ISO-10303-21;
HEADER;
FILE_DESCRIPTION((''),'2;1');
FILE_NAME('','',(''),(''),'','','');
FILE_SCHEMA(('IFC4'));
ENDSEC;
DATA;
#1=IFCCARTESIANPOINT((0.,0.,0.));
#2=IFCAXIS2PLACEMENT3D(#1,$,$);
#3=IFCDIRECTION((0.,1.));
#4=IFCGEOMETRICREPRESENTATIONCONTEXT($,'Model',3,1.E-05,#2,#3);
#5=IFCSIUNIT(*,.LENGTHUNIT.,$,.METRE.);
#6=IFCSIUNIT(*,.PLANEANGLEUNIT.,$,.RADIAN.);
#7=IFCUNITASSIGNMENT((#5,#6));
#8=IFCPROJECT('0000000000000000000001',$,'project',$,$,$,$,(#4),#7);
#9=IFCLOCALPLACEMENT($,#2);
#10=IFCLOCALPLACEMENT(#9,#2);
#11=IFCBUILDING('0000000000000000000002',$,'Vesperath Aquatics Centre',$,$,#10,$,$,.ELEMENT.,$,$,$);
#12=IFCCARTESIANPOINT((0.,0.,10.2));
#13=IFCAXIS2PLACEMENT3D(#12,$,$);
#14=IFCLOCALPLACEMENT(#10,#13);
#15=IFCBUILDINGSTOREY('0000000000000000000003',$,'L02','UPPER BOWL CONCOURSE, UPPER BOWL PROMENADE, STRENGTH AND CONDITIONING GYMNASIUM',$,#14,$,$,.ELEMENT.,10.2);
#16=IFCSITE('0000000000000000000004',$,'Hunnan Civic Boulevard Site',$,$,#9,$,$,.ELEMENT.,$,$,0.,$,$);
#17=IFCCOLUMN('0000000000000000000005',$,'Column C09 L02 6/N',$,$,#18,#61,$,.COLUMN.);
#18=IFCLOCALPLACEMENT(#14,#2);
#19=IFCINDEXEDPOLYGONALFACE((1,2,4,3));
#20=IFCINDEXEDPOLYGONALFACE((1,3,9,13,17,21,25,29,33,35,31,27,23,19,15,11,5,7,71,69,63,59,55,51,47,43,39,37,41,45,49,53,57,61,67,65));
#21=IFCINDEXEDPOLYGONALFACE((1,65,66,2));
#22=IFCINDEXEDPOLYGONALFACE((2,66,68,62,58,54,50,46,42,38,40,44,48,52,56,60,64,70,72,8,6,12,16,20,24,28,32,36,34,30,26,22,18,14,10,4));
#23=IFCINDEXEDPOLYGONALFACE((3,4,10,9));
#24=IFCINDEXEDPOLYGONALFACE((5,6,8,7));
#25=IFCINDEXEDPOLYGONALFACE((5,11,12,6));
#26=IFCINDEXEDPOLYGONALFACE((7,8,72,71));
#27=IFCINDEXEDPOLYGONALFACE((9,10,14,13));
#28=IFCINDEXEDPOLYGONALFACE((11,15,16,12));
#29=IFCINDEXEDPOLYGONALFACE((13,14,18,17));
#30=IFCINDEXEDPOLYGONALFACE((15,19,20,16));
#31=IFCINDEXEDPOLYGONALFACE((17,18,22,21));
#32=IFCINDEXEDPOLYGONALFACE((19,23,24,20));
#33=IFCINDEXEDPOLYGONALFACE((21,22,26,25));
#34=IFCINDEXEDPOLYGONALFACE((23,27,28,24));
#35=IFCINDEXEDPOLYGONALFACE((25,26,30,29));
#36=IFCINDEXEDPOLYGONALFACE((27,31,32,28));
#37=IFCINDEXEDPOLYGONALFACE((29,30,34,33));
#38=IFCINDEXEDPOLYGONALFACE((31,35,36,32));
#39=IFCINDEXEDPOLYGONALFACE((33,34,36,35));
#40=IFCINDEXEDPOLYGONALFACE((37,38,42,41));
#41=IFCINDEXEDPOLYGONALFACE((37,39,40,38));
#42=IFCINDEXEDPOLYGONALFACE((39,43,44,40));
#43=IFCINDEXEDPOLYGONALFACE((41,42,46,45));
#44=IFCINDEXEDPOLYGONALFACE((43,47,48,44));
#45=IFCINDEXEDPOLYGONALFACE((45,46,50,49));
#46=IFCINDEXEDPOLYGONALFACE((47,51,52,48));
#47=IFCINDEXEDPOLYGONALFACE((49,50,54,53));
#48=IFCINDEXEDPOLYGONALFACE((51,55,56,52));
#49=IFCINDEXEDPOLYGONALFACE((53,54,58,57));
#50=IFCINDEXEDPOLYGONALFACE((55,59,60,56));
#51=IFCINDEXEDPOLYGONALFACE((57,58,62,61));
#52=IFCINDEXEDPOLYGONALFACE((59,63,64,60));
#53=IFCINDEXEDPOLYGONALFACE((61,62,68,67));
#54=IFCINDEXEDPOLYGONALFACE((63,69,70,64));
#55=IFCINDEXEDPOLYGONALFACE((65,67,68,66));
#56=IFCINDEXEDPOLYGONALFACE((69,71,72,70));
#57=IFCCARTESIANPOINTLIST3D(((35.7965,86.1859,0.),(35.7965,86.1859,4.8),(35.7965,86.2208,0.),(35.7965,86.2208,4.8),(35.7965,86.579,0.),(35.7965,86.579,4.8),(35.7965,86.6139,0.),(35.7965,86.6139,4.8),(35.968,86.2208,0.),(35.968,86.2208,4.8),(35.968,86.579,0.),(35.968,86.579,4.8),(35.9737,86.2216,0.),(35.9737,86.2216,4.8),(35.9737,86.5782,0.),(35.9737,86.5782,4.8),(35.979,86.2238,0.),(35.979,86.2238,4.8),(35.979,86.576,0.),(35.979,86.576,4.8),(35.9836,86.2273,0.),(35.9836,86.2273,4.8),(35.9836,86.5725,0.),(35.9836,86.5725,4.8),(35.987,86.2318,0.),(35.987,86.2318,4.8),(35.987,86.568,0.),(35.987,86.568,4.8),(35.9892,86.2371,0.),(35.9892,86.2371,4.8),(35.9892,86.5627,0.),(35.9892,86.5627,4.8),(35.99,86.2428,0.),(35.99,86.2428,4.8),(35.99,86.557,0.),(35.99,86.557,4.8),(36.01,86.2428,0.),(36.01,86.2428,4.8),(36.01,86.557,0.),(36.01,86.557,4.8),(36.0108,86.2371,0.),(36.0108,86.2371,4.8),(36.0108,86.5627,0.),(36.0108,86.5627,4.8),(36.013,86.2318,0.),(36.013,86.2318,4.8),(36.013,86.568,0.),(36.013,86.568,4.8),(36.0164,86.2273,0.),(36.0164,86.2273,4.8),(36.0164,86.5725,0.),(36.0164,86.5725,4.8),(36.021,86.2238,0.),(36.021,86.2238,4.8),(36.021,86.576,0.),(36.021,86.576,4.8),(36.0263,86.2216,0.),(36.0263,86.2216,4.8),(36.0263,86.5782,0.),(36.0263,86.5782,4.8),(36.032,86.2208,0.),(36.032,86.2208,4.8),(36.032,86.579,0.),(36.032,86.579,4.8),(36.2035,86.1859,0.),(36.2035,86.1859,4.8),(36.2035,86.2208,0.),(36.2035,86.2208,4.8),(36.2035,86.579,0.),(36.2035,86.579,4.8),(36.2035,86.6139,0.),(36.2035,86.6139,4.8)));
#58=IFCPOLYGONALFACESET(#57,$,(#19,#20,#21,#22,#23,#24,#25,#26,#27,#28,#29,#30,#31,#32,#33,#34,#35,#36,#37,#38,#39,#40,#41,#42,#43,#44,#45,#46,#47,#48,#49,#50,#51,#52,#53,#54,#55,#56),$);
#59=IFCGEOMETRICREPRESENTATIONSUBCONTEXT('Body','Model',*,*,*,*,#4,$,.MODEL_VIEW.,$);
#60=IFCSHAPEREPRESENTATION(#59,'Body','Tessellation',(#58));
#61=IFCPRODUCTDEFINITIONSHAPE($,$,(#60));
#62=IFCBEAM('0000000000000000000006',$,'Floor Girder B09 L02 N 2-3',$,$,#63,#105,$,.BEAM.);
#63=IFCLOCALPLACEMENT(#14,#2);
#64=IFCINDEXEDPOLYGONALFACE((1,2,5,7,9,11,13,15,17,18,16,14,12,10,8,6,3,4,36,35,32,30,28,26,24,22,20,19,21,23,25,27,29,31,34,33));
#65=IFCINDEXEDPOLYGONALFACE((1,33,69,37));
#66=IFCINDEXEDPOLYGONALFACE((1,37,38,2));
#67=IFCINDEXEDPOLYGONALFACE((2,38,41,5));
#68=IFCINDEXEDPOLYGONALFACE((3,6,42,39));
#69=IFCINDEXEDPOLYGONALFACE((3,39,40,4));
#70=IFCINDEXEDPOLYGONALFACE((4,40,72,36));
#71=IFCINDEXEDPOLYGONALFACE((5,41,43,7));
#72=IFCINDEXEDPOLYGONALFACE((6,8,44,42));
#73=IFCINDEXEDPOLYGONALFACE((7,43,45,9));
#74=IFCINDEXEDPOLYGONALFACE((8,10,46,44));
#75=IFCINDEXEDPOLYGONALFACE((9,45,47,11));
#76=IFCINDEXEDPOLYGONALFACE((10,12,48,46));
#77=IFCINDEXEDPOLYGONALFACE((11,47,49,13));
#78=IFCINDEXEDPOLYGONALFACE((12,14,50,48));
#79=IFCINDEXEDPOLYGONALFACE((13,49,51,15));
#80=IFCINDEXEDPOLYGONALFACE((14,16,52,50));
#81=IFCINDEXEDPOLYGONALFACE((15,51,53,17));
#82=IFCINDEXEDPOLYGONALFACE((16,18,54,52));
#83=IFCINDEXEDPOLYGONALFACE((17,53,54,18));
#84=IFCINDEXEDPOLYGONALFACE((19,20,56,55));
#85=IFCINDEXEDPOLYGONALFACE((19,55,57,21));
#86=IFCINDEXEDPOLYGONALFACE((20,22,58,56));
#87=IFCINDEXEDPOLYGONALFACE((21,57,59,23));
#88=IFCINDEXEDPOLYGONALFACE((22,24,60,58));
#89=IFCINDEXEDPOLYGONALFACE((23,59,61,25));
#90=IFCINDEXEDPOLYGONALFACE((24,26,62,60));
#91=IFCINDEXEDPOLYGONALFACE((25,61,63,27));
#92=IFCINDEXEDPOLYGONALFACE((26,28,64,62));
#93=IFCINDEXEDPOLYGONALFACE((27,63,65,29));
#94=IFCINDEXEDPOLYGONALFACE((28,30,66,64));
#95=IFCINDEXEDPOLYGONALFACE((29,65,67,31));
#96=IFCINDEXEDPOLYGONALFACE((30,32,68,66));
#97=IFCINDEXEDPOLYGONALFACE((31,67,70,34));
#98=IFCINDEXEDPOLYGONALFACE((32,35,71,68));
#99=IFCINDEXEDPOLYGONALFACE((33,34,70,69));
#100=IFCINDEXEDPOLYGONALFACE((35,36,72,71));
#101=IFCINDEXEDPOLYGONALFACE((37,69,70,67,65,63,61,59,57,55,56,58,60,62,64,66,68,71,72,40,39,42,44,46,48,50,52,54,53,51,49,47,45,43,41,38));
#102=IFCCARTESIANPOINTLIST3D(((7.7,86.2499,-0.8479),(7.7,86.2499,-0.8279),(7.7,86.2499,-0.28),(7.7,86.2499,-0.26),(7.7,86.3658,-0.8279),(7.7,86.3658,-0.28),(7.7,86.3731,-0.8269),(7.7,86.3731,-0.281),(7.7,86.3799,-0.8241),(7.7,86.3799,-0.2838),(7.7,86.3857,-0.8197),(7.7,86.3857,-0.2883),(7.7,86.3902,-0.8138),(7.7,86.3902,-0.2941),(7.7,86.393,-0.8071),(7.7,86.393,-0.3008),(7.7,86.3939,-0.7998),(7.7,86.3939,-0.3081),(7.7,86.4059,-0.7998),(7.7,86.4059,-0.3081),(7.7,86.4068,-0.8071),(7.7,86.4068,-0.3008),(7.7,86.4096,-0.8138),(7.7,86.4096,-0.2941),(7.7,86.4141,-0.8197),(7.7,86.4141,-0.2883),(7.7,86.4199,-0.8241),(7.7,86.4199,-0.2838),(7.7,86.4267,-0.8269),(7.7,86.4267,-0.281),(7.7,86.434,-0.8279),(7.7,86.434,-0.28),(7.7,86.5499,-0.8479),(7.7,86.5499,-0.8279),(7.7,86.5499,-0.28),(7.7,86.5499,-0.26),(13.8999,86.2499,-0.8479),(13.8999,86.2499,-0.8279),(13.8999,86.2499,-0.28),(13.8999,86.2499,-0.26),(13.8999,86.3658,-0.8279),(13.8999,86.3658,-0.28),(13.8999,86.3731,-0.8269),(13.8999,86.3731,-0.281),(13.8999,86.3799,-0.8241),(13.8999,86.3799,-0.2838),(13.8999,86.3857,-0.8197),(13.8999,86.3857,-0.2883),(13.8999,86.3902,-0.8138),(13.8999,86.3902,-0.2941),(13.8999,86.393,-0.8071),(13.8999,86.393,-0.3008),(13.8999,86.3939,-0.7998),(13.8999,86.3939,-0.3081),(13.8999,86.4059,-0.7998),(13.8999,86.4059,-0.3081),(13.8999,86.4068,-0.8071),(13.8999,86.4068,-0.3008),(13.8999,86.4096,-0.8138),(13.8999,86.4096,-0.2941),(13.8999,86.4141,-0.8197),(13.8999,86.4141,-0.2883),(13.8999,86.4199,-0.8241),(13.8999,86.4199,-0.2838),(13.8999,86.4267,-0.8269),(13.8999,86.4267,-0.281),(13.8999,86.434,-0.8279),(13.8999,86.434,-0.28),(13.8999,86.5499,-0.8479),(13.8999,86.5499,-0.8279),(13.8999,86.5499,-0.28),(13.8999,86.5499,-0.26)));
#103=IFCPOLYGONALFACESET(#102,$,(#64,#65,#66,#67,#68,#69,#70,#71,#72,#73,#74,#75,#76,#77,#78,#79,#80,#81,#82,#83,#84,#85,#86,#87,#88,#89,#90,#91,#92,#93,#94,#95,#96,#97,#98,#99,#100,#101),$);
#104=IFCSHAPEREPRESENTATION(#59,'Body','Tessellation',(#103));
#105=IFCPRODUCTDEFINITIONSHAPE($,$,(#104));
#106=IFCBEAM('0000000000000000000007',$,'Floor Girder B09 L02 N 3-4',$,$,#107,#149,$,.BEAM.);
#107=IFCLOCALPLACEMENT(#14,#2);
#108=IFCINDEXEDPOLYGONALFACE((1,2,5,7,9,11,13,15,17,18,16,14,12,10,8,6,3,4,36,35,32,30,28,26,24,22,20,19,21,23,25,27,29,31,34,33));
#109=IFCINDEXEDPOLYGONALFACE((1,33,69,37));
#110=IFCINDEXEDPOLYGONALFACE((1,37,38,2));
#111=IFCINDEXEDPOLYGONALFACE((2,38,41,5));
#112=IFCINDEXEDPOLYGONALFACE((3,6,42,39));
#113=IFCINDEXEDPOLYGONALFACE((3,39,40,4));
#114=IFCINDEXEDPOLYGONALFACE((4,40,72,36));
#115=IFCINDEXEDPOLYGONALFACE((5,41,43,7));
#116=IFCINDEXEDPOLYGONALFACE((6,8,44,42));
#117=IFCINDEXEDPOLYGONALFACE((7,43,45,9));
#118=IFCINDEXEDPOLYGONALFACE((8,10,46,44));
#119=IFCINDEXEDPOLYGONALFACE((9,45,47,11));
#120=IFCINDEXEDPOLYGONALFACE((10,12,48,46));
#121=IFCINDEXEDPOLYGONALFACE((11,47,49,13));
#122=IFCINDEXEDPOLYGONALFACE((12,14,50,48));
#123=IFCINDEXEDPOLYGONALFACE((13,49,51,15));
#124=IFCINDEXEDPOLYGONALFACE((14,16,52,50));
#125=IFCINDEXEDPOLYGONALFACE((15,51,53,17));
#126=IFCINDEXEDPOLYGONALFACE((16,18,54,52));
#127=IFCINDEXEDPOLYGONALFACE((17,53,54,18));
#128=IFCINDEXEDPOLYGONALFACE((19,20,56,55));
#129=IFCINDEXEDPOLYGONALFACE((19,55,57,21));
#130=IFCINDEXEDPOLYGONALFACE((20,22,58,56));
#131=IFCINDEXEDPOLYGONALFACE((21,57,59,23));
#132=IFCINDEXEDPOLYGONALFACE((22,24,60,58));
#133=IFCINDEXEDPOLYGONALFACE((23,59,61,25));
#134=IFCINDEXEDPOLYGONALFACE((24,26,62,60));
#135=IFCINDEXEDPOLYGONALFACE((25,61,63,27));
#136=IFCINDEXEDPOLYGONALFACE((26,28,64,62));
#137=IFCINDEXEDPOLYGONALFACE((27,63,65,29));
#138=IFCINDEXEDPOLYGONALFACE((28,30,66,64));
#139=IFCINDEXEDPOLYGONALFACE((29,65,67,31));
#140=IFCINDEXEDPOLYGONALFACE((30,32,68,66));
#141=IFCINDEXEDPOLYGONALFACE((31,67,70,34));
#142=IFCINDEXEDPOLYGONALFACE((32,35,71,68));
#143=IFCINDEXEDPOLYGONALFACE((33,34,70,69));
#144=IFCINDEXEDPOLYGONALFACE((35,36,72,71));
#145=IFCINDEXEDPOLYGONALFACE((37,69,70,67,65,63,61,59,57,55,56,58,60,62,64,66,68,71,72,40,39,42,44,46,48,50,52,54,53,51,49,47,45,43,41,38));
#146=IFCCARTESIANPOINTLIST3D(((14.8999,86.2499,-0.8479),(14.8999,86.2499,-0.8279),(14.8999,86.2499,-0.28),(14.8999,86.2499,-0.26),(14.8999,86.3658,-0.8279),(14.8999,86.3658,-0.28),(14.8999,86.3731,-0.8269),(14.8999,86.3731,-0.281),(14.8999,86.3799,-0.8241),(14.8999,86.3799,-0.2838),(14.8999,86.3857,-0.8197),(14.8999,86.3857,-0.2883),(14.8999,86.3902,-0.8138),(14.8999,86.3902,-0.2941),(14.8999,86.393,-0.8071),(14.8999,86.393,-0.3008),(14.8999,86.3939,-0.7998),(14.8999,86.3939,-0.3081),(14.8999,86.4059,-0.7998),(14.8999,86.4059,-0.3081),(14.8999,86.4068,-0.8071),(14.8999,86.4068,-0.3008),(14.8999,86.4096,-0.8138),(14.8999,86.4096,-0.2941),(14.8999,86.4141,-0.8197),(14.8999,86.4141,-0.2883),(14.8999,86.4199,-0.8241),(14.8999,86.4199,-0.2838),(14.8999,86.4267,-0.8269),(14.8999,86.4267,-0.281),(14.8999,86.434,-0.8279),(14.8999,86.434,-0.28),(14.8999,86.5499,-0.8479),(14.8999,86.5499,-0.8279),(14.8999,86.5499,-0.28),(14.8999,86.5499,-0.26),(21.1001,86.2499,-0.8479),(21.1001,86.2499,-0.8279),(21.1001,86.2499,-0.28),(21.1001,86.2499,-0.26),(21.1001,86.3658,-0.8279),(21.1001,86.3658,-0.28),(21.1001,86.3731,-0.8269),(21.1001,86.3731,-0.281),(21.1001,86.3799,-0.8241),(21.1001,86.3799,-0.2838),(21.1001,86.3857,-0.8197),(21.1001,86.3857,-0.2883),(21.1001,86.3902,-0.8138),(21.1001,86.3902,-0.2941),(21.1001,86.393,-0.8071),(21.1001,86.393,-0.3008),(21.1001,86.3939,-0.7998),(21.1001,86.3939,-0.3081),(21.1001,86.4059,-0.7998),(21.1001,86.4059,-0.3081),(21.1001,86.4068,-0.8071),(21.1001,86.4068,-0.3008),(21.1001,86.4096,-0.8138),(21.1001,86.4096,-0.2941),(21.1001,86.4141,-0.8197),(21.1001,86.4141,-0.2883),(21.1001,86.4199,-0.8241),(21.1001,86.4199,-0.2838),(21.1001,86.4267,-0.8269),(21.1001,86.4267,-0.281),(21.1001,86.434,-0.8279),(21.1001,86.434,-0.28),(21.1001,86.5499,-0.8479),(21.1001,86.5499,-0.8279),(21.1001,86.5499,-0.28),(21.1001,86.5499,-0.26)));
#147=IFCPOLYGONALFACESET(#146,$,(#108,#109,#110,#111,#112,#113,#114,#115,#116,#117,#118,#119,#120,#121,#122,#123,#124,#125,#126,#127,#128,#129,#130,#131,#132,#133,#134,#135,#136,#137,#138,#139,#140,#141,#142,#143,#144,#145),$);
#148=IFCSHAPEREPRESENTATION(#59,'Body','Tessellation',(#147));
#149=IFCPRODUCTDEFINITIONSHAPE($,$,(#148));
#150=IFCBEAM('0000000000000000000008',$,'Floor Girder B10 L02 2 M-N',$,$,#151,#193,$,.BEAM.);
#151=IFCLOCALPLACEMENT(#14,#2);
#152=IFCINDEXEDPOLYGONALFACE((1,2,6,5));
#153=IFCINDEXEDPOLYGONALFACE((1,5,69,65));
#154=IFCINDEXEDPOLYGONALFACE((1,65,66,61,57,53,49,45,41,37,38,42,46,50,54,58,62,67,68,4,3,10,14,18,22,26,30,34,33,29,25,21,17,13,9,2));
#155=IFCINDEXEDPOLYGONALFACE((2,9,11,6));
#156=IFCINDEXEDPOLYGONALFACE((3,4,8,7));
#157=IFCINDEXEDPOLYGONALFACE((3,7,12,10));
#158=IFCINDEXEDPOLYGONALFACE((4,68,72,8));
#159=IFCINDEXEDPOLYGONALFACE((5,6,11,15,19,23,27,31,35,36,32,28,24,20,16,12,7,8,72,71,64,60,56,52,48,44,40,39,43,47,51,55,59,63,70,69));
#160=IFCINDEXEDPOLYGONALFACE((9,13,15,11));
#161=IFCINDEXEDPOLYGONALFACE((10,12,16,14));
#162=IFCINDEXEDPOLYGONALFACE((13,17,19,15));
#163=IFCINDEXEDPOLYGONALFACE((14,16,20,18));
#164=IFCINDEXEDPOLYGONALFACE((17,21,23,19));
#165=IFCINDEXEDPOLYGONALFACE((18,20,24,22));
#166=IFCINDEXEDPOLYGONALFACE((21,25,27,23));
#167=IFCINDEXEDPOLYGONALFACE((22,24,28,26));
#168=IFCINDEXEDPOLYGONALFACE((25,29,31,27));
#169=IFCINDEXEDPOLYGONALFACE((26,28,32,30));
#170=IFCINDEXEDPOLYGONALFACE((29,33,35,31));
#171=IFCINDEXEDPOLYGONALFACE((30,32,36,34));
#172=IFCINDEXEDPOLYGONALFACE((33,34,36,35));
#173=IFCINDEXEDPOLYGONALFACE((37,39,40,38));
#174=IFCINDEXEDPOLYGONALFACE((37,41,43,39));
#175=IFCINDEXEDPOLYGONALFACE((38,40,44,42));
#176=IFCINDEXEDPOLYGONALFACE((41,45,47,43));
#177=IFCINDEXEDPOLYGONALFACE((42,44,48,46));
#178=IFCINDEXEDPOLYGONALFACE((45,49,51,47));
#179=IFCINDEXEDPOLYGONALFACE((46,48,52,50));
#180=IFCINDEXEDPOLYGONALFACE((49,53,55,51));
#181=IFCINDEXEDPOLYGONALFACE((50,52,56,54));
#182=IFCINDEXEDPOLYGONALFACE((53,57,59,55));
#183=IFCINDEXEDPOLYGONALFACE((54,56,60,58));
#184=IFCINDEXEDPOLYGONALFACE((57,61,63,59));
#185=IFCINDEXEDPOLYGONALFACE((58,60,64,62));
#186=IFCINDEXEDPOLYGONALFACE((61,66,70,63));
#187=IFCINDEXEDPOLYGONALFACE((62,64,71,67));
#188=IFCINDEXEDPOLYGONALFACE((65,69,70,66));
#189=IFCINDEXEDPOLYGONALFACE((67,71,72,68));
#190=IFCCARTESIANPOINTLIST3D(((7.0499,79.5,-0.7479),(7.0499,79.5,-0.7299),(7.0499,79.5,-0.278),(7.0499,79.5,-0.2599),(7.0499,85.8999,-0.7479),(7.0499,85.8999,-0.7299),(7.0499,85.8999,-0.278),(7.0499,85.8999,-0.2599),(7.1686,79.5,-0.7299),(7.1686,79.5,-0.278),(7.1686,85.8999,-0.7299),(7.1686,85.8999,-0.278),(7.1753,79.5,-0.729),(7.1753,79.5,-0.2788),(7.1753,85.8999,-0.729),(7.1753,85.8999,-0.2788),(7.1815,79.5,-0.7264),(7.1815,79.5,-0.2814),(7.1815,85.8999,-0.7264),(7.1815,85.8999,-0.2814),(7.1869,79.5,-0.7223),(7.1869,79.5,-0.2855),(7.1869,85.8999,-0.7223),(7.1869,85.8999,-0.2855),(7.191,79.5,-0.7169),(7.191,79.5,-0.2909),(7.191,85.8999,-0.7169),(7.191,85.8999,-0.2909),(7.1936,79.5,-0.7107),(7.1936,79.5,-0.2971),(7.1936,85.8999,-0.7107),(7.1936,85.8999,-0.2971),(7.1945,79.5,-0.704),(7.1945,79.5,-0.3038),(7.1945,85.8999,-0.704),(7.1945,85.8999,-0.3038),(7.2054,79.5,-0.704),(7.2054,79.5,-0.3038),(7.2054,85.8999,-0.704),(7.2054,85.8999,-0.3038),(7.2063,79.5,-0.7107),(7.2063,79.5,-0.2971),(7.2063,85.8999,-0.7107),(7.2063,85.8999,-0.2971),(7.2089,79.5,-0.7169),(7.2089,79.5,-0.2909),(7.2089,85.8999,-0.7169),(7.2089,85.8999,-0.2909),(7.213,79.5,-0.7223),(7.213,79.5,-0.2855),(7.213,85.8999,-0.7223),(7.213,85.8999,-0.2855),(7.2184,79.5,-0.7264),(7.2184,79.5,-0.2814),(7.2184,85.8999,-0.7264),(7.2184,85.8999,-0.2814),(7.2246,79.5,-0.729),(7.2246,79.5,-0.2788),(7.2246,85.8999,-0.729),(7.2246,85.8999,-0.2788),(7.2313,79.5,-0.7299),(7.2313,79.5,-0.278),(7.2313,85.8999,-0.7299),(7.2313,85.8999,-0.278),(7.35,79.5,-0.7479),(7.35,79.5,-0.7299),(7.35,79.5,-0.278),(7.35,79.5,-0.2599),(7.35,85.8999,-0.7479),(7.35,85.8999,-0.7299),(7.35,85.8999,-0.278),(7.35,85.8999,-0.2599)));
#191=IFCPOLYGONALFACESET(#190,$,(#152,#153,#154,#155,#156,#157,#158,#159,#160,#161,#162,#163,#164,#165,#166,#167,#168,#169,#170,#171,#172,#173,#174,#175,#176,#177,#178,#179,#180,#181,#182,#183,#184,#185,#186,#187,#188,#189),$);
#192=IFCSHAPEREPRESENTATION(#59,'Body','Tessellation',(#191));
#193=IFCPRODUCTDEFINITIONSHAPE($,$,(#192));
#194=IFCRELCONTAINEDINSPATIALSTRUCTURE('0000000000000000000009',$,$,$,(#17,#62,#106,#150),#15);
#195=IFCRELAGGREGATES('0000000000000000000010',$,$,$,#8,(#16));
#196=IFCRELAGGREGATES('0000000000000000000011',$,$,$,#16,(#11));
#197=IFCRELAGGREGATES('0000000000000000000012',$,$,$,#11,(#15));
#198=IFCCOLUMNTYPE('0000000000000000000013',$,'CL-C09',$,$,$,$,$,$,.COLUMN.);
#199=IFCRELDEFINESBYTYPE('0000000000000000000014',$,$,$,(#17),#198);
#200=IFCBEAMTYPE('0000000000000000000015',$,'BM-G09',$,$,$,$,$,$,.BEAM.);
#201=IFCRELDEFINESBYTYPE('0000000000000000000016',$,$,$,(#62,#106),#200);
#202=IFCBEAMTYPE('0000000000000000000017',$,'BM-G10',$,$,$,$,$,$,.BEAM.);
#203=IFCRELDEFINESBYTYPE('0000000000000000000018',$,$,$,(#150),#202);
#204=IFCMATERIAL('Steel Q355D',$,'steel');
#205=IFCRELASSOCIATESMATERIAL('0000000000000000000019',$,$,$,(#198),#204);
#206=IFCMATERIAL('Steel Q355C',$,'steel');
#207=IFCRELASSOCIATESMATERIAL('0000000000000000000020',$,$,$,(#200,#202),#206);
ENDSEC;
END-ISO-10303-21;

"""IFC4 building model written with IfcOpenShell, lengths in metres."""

from ifc_helpers import new_model, si_unit, direction, frame, origin, origin_2d, place, context, subcontext, project, spatial, i_section, extrude, material, material_profile, profile_set, type_object, element, save


model = new_model("IFC4")

# Units and contexts
model_context = context("Model", 3, precision=1e-05, world=origin(), true_north=direction((0.0, 1.0)))
body_context = subcontext(model_context, "Body", "Model", "MODEL_VIEW")
ifc_project = project(units=[si_unit("LENGTHUNIT", "METRE"), si_unit("PLANEANGLEUNIT", "RADIAN")], contexts=[model_context])

# Site, building, storey
site_placement = place(None, origin())
site = spatial("IfcSite", under=ifc_project, at=site_placement, Name="Hunnan Civic Boulevard Site", CompositionType="ELEMENT", RefElevation=0.0)
building_placement = place(site_placement, origin())
building = spatial("IfcBuilding", under=site, at=building_placement, Name="Vesperath Aquatics Centre", CompositionType="ELEMENT")
storey_placement = place(building_placement, frame((0.0, 0.0, 10.2)))
storey = spatial("IfcBuildingStorey", under=building, at=storey_placement, Name="L02", Description="UPPER BOWL CONCOURSE, UPPER BOWL PROMENADE, STRENGTH AND CONDITIONING GYMNASIUM", CompositionType="ELEMENT", Elevation=10.2)

# Column
ifc_material_1 = material(Name="Steel Q355D", Category="steel")
ifc_material_profile_1 = material_profile(ifc_material_1, i_section(OverallWidth=0.407, OverallDepth=0.428, WebThickness=0.02, FlangeThickness=0.0349, FilletRadius=0.022, at=origin_2d()), Name="HW 428x407x20x35")
ifc_profile_set_1 = profile_set([ifc_material_profile_1], Name="Steel Q355D")
column_type = type_object("IfcColumnType", Name="CL-C09", PredefinedType="COLUMN", material=ifc_profile_set_1)
for number, where, z_axis, x_axis, name in (
    (1, (36.0, 86.3999, 0.0), (0.0, 0.0, 1.0), (1.0, 0.0, 0.0), "Column C09 L02 6/N"),
):
    element("IfcColumn", number, at=place(storey_placement, frame(where, z_axis=z_axis, x_axis=x_axis)), inside=storey, type_object=column_type, Name=name, PredefinedType="COLUMN", context=body_context, shape_type="SweptSolid", body=[
        extrude(i_section(OverallWidth=0.407, OverallDepth=0.428, WebThickness=0.02, FlangeThickness=0.0349, FilletRadius=0.022, at=origin_2d()), origin(), (0.0, 0.0, 1.0), 4.8),
    ])

# Beams
ifc_material_2 = material(Name="Steel Q355C", Category="steel")
ifc_material_profile_2 = material_profile(ifc_material_2, i_section(OverallWidth=0.3, OverallDepth=0.5879, WebThickness=0.012, FlangeThickness=0.02, FilletRadius=0.0281, at=origin_2d()), Name="HM 588x300x12x20")
ifc_profile_set_2 = profile_set([ifc_material_profile_2], Name="Steel Q355C")
beam_type_1 = type_object("IfcBeamType", Name="BM-G09", PredefinedType="BEAM", material=ifc_profile_set_2)
beam_1_placement = place(storey_placement, frame((7.7, 86.3999, -0.554), z_axis=(1.0, 0.0, 0.0), x_axis=(0.0, 1.0, 0.0)))
element("IfcBeam", 2, at=beam_1_placement, inside=storey, type_object=beam_type_1, Name="Floor Girder B09 L02 N 2-3", PredefinedType="BEAM", context=body_context, shape_type="SweptSolid", body=[
    extrude(i_section(OverallWidth=0.3, OverallDepth=0.5879, WebThickness=0.012, FlangeThickness=0.02, FilletRadius=0.0281, at=origin_2d()), origin(), (0.0, 0.0, 1.0), 6.2),
])
beam_2_placement = place(storey_placement, frame((14.8999, 86.3999, -0.554), z_axis=(1.0, 0.0, 0.0), x_axis=(0.0, 1.0, 0.0)))
element("IfcBeam", 3, at=beam_2_placement, inside=storey, type_object=beam_type_1, Name="Floor Girder B09 L02 N 3-4", PredefinedType="BEAM", context=body_context, shape_type="SweptSolid", body=[
    extrude(i_section(OverallWidth=0.3, OverallDepth=0.5879, WebThickness=0.012, FlangeThickness=0.02, FilletRadius=0.0281, at=origin_2d()), origin(), (0.0, 0.0, 1.0), 6.2002),
])
ifc_material_profile_3 = material_profile(ifc_material_2, i_section(OverallWidth=0.3, OverallDepth=0.488, WebThickness=0.011, FlangeThickness=0.0181, FilletRadius=0.0259, at=origin_2d()), Name="HM 488x300x11x18")
ifc_profile_set_3 = profile_set([ifc_material_profile_3], Name="Steel Q355C")
beam_type_2 = type_object("IfcBeamType", Name="BM-G10", PredefinedType="BEAM", material=ifc_profile_set_3)
beam_3_placement = place(storey_placement, frame((7.2, 79.5, -0.5039), z_axis=(0.0, 1.0, 0.0), x_axis=(-1.0, 0.0, 0.0)))
element("IfcBeam", 4, at=beam_3_placement, inside=storey, type_object=beam_type_2, Name="Floor Girder B10 L02 2 M-N", PredefinedType="BEAM", context=body_context, shape_type="SweptSolid", body=[
    extrude(i_section(OverallWidth=0.3, OverallDepth=0.488, WebThickness=0.011, FlangeThickness=0.0181, FilletRadius=0.0259, at=origin_2d()), origin(), (0.0, 0.0, 1.0), 6.3999),
])

save(model, "model.ifc")
